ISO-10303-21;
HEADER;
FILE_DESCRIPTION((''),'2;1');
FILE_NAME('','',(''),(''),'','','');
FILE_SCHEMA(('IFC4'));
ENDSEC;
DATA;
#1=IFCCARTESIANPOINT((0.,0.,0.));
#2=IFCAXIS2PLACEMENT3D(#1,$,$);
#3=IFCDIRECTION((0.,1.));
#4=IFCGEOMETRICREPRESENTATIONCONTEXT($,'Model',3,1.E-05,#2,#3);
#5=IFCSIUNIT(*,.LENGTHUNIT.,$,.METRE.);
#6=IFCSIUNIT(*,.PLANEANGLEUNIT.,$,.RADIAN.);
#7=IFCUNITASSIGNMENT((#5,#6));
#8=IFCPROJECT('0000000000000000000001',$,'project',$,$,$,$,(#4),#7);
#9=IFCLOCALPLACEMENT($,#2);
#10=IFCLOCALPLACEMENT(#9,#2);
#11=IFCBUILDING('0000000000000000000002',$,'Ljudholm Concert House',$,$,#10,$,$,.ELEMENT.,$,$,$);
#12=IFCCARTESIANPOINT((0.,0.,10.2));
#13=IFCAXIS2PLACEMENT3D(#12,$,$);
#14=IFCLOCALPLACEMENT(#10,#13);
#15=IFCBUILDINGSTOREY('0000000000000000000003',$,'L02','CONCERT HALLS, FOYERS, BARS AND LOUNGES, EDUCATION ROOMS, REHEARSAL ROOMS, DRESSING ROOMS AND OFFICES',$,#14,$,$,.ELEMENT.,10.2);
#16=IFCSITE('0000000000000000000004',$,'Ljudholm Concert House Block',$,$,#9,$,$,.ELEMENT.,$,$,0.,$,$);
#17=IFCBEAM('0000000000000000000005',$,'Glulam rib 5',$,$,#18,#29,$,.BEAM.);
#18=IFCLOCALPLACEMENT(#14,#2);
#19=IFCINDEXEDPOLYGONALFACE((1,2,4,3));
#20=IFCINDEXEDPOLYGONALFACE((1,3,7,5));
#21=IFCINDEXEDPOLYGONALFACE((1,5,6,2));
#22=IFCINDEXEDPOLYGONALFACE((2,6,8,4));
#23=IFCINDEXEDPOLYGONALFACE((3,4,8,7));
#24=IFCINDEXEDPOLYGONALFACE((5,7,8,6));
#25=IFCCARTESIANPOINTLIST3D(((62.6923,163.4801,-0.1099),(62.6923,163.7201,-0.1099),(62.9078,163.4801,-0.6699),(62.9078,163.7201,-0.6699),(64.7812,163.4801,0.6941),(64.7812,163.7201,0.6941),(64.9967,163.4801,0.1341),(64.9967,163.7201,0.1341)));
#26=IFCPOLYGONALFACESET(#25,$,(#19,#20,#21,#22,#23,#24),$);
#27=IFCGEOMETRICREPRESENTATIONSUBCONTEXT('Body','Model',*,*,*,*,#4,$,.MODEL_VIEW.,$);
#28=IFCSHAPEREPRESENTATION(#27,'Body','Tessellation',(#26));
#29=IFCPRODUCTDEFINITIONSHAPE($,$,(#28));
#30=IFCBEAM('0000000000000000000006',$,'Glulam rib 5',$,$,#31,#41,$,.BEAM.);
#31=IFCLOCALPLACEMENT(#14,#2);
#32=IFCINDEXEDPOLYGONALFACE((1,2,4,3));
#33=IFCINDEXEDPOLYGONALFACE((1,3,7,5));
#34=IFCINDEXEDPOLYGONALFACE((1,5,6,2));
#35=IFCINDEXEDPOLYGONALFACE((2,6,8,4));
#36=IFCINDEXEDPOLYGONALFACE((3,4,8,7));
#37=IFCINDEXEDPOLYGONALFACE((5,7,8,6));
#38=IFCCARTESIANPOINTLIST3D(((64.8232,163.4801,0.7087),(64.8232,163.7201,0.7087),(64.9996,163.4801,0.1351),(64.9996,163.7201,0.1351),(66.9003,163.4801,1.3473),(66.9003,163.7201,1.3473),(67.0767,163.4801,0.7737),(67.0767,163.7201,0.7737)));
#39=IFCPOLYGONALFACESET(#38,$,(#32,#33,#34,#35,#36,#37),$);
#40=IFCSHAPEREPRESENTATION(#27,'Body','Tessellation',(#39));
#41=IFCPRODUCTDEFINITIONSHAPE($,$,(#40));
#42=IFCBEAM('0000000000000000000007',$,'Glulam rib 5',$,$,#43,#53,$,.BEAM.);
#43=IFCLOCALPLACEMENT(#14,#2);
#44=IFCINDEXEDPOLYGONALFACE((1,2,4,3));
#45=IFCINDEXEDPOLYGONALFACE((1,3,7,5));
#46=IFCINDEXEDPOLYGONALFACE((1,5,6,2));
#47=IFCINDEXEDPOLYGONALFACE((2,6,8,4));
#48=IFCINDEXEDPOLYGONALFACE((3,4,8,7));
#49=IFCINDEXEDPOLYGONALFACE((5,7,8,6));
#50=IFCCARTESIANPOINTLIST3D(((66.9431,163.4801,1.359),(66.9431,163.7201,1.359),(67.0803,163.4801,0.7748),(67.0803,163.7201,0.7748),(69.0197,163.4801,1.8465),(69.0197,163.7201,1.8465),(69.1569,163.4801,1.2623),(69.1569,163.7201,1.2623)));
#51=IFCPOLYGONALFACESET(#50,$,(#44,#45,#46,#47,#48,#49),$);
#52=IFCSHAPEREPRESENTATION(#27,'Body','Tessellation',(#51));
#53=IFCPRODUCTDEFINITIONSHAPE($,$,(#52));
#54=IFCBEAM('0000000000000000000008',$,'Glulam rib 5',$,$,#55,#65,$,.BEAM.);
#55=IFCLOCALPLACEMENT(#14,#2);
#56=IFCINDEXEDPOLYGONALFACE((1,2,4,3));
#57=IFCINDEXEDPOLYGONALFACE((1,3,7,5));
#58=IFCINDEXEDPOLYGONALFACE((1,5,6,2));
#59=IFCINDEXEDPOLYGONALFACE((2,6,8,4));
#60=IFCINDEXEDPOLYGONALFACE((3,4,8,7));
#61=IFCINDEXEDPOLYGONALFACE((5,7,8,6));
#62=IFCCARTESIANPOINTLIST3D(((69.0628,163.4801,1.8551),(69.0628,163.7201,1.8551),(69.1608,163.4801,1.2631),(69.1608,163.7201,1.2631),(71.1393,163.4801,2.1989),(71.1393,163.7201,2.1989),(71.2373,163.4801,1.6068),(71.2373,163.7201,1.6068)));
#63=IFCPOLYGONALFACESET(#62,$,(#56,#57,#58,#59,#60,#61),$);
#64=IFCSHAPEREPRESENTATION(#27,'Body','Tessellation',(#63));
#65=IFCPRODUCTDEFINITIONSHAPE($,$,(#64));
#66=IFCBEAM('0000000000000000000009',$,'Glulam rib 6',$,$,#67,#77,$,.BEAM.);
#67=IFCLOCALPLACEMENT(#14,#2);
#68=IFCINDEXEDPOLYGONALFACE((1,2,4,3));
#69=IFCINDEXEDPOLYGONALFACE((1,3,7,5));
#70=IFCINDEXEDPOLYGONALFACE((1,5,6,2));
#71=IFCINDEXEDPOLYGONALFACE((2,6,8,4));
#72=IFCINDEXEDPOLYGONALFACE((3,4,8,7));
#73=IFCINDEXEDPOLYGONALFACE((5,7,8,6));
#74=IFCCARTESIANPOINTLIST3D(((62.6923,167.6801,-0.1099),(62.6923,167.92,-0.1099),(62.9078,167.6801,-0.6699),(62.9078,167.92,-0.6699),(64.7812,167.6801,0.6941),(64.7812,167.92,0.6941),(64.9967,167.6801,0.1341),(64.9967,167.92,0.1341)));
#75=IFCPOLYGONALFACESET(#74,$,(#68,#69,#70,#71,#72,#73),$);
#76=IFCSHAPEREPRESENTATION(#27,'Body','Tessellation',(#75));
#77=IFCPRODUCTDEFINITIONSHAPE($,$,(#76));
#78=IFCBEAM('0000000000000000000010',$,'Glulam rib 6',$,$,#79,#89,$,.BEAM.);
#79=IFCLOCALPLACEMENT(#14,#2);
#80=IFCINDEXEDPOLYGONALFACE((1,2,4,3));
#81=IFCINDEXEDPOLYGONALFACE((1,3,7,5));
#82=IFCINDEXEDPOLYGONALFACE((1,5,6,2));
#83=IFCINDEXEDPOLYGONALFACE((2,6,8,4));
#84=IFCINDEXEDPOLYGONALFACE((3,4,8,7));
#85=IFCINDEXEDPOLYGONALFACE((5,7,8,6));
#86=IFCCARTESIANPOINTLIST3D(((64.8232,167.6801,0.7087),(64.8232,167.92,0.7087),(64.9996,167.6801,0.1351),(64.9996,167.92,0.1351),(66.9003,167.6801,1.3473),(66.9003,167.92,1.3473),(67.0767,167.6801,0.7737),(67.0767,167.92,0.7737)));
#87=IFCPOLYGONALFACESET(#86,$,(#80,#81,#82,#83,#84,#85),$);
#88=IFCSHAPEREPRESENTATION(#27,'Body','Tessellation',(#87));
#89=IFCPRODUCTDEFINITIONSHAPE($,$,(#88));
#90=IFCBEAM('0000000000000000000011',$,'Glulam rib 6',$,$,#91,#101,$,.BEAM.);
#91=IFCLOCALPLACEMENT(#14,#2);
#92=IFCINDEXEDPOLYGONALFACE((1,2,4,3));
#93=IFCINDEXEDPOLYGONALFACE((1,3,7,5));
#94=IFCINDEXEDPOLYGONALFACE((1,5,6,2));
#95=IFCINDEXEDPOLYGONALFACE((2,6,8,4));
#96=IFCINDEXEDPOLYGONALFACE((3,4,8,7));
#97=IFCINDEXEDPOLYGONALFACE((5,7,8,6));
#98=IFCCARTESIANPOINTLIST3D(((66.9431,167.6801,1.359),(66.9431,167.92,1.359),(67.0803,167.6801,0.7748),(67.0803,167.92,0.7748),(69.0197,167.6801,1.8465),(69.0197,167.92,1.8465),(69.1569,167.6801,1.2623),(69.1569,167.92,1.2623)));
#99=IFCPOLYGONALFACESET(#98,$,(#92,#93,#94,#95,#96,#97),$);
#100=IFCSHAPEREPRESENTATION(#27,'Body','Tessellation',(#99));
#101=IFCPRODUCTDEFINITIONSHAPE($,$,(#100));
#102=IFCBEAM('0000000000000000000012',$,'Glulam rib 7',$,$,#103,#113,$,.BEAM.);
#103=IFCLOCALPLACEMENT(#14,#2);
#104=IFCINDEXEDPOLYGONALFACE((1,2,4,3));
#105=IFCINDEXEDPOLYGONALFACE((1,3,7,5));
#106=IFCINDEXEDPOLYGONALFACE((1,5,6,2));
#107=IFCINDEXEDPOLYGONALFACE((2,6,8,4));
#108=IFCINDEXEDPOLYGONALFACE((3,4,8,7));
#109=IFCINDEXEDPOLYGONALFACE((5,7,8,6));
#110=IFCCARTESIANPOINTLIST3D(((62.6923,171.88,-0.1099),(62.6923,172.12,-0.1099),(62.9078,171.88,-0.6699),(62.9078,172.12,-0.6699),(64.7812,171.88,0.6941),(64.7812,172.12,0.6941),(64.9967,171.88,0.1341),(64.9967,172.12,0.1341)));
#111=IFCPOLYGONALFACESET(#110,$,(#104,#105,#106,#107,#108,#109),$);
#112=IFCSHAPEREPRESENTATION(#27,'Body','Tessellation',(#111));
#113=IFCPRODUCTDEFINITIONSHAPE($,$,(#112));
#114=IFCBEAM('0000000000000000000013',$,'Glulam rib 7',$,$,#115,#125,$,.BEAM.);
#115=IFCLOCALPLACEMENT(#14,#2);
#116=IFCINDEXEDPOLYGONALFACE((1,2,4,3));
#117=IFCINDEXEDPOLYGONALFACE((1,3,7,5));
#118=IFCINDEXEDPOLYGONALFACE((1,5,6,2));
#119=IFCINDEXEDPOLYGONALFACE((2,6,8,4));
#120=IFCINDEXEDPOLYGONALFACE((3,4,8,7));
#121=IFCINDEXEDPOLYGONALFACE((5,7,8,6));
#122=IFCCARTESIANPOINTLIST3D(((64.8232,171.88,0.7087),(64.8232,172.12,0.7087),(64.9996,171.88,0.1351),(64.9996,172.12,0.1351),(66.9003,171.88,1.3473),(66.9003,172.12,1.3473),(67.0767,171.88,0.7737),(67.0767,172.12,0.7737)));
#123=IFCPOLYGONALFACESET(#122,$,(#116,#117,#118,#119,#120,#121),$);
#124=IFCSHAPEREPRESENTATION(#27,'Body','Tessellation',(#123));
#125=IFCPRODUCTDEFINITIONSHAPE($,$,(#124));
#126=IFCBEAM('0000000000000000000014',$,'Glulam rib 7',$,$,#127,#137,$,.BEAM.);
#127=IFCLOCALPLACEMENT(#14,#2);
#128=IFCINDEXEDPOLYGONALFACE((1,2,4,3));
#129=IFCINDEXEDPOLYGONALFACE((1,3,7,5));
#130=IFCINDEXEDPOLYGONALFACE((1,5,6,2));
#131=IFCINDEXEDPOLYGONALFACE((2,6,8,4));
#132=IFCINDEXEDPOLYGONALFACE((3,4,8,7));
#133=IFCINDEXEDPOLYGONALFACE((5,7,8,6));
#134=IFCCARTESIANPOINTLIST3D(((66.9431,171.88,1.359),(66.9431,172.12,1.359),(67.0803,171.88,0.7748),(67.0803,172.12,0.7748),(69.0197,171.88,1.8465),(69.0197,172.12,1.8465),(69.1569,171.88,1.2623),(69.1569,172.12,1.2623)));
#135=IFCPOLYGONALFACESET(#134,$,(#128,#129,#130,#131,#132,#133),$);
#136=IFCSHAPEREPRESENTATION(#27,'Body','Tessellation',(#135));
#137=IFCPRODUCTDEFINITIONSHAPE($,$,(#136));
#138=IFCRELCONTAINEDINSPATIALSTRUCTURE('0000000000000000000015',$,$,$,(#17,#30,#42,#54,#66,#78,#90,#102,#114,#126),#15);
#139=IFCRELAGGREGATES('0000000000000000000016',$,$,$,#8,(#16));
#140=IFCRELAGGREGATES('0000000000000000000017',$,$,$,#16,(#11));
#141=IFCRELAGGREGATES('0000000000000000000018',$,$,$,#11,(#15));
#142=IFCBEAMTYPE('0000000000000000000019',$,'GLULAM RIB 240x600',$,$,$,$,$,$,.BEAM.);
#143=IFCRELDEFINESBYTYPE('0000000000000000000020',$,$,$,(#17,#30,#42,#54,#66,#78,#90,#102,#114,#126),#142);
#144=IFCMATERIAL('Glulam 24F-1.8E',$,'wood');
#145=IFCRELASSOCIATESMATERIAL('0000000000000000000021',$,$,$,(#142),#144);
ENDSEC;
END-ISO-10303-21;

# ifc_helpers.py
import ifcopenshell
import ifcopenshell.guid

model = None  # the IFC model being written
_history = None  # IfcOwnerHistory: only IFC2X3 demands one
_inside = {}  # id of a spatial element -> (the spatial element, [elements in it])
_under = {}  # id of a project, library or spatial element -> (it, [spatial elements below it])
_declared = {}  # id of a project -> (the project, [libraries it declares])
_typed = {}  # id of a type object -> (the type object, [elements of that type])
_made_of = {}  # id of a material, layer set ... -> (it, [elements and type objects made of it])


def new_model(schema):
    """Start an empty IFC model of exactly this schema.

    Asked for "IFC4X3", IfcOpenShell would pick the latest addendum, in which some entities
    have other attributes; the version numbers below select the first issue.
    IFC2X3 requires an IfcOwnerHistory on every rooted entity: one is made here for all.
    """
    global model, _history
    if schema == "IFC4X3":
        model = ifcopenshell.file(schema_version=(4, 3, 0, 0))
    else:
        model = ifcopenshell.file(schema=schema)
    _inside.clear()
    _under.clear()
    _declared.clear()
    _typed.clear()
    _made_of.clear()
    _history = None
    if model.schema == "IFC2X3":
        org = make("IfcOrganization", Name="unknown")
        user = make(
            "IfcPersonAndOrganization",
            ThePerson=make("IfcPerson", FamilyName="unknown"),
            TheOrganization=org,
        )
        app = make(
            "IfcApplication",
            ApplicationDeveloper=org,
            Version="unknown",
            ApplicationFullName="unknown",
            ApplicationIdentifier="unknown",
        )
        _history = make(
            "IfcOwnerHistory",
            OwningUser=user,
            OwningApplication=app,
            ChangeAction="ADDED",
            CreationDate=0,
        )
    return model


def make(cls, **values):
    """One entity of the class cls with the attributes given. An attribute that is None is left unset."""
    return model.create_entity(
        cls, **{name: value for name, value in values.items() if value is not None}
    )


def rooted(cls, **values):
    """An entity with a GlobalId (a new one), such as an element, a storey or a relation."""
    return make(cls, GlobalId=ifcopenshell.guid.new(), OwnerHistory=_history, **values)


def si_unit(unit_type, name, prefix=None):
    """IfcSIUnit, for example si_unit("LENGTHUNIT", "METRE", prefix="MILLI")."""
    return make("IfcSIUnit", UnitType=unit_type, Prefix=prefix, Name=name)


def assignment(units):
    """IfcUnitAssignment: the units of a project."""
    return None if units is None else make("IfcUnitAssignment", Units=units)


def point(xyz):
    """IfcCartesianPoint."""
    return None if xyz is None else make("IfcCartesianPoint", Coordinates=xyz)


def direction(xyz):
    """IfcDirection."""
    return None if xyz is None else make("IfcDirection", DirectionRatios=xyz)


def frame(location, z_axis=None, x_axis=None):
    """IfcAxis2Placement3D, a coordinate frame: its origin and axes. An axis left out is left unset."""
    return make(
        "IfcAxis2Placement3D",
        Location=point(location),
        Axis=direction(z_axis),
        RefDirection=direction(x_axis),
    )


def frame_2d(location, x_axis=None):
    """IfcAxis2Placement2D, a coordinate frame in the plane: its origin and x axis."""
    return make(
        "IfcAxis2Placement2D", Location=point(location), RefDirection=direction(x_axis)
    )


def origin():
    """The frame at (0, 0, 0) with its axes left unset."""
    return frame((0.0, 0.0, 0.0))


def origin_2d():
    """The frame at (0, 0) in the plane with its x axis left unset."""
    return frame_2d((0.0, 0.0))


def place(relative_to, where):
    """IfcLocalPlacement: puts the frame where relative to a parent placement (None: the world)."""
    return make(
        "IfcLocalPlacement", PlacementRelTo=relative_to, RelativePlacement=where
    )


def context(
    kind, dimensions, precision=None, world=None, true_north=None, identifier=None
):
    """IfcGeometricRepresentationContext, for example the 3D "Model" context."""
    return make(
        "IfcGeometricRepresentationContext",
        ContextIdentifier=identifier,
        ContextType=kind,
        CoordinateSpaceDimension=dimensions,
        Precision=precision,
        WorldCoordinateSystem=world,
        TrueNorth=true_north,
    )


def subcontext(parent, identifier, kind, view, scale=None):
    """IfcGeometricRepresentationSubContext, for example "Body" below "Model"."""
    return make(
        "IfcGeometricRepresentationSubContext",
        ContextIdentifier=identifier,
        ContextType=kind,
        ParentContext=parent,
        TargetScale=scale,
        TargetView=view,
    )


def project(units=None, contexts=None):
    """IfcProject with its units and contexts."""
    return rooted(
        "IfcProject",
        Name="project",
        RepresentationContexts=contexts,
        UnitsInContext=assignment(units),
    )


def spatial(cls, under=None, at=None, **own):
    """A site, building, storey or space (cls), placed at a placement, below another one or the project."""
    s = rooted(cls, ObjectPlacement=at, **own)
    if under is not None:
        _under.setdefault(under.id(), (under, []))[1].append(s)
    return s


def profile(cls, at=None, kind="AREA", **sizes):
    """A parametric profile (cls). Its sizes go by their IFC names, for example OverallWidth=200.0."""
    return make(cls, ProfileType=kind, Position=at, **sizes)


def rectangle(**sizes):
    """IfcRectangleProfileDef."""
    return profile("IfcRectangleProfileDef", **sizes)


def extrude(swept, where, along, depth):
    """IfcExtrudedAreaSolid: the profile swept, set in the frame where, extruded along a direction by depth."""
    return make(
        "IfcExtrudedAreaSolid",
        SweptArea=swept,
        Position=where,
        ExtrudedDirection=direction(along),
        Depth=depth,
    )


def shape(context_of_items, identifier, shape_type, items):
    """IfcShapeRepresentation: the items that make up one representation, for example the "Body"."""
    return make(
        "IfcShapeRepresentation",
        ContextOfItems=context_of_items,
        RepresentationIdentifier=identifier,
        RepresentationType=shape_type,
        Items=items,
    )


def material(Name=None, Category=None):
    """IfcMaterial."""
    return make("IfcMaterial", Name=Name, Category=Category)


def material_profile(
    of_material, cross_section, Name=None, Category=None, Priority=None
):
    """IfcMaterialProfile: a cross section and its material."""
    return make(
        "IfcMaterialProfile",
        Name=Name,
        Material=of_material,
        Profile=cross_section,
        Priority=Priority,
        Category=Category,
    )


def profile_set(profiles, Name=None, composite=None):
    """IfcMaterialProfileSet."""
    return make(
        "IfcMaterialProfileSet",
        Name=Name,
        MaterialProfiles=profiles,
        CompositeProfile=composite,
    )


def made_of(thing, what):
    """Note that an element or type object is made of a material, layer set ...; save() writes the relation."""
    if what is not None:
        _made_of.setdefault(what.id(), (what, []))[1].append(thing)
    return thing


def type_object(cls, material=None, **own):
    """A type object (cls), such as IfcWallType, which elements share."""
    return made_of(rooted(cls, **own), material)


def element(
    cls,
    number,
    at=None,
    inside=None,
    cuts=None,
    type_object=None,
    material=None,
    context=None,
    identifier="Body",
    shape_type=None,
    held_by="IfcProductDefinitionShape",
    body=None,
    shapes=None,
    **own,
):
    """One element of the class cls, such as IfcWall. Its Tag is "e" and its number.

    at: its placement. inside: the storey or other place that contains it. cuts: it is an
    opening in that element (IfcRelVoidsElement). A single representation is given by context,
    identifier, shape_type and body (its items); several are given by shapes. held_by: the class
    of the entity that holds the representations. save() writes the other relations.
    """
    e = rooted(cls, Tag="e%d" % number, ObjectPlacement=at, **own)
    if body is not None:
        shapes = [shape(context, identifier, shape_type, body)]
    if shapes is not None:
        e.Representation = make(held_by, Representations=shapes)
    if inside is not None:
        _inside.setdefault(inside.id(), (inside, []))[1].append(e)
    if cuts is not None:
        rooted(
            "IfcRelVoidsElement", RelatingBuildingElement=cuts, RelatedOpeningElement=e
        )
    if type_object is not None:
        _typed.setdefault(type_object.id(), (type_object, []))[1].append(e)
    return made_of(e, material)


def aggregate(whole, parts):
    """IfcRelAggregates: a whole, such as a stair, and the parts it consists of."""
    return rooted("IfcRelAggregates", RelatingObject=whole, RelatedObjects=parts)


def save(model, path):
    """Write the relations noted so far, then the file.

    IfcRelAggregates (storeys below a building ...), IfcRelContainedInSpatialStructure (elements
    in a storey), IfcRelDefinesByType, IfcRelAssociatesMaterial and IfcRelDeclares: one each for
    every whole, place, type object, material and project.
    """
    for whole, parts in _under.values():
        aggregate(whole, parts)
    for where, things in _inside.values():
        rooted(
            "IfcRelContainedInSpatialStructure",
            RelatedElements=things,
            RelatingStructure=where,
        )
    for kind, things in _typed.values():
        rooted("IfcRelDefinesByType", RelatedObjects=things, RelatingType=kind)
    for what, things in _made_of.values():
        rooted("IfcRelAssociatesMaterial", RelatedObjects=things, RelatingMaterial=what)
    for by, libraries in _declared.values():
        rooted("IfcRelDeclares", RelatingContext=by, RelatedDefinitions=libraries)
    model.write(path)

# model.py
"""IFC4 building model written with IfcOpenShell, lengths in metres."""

from ifc_helpers import new_model, si_unit, direction, frame, origin, origin_2d, place, context, subcontext, project, spatial, rectangle, extrude, material, material_profile, profile_set, type_object, element, save


model = new_model("IFC4")

# Units and contexts
model_context = context("Model", 3, precision=1e-05, world=origin(), true_north=direction((0.0, 1.0)))
body_context = subcontext(model_context, "Body", "Model", "MODEL_VIEW")
ifc_project = project(units=[si_unit("LENGTHUNIT", "METRE"), si_unit("PLANEANGLEUNIT", "RADIAN")], contexts=[model_context])

# Site, building, storey
site_placement = place(None, origin())
site = spatial("IfcSite", under=ifc_project, at=site_placement, Name="Ljudholm Concert House Block", CompositionType="ELEMENT", RefElevation=0.0)
building_placement = place(site_placement, origin())
building = spatial("IfcBuilding", under=site, at=building_placement, Name="Ljudholm Concert House", CompositionType="ELEMENT")
storey_placement = place(building_placement, frame((0.0, 0.0, 10.2)))
storey = spatial("IfcBuildingStorey", under=building, at=storey_placement, Name="L02", Description="CONCERT HALLS, FOYERS, BARS AND LOUNGES, EDUCATION ROOMS, REHEARSAL ROOMS, DRESSING ROOMS AND OFFICES", CompositionType="ELEMENT", Elevation=10.2)

# Beams
ifc_material_1 = material(Name="Glulam 24F-1.8E", Category="wood")
ifc_material_profile_1 = material_profile(ifc_material_1, rectangle(XDim=0.24, YDim=0.6001, at=origin_2d()), Name="GLULAM RIB 240x600")
ifc_profile_set_1 = profile_set([ifc_material_profile_1], Name="Glulam 24F-1.8E")
beam_type = type_object("IfcBeamType", Name="GLULAM RIB 240x600", PredefinedType="BEAM", material=ifc_profile_set_1)
beam_1_placement = place(storey_placement, frame((62.8, 163.6001, -0.3899), z_axis=(0.933264, 0.0, 0.359191), x_axis=(0.0, 1.0, 0.0)))
element("IfcBeam", 1, at=beam_1_placement, inside=storey, type_object=beam_type, Name="Glulam rib 5", PredefinedType="BEAM", context=body_context, shape_type="SweptSolid", body=[
    extrude(rectangle(XDim=0.24, YDim=0.6001, at=origin_2d()), origin(), (0.0, 0.0, 1.0), 2.2383),
])
beam_2_placement = place(storey_placement, frame((64.9114, 163.6001, 0.4219), z_axis=(0.955837, 0.0, 0.293896), x_axis=(0.0, 1.0, 0.0)))
element("IfcBeam", 2, at=beam_2_placement, inside=storey, type_object=beam_type, Name="Glulam rib 5", PredefinedType="BEAM", context=body_context, shape_type="SweptSolid", body=[
    extrude(rectangle(XDim=0.24, YDim=0.6001, at=origin_2d()), origin(), (0.0, 0.0, 1.0), 2.1731),
])
beam_3_placement = place(storey_placement, frame((67.0117, 163.6001, 1.0669), z_axis=(0.97353, 0.0, 0.228561), x_axis=(0.0, 1.0, 0.0)))
element("IfcBeam", 3, at=beam_3_placement, inside=storey, type_object=beam_type, Name="Glulam rib 5", PredefinedType="BEAM", context=body_context, shape_type="SweptSolid", body=[
    extrude(rectangle(XDim=0.24, YDim=0.6001, at=origin_2d()), origin(), (0.0, 0.0, 1.0), 2.1331),
])
beam_4_placement = place(storey_placement, frame((69.1118, 163.6001, 1.5591), z_axis=(0.986572, 0.0, 0.163327), x_axis=(0.0, 1.0, 0.0)))
element("IfcBeam", 4, at=beam_4_placement, inside=storey, type_object=beam_type, Name="Glulam rib 5", PredefinedType="BEAM", context=body_context, shape_type="SweptSolid", body=[
    extrude(rectangle(XDim=0.24, YDim=0.6001, at=origin_2d()), origin(), (0.0, 0.0, 1.0), 2.1047),
])
beam_5_placement = place(storey_placement, frame((62.8, 167.8, -0.3899), z_axis=(0.933264, 0.0, 0.359191), x_axis=(0.0, 1.0, 0.0)))
element("IfcBeam", 5, at=beam_5_placement, inside=storey, type_object=beam_type, Name="Glulam rib 6", PredefinedType="BEAM", context=body_context, shape_type="SweptSolid", body=[
    extrude(rectangle(XDim=0.24, YDim=0.6001, at=origin_2d()), origin(), (0.0, 0.0, 1.0), 2.2383),
])
beam_6_placement = place(storey_placement, frame((64.9114, 167.8, 0.4219), z_axis=(0.955837, 0.0, 0.293896), x_axis=(0.0, 1.0, 0.0)))
element("IfcBeam", 6, at=beam_6_placement, inside=storey, type_object=beam_type, Name="Glulam rib 6", PredefinedType="BEAM", context=body_context, shape_type="SweptSolid", body=[
    extrude(rectangle(XDim=0.24, YDim=0.6001, at=origin_2d()), origin(), (0.0, 0.0, 1.0), 2.1731),
])
beam_7_placement = place(storey_placement, frame((67.0117, 167.8, 1.0669), z_axis=(0.97353, 0.0, 0.228561), x_axis=(0.0, 1.0, 0.0)))
element("IfcBeam", 7, at=beam_7_placement, inside=storey, type_object=beam_type, Name="Glulam rib 6", PredefinedType="BEAM", context=body_context, shape_type="SweptSolid", body=[
    extrude(rectangle(XDim=0.24, YDim=0.6001, at=origin_2d()), origin(), (0.0, 0.0, 1.0), 2.1331),
])
beam_8_placement = place(storey_placement, frame((62.8, 172.0, -0.3899), z_axis=(0.933264, 0.0, 0.359191), x_axis=(0.0, 1.0, 0.0)))
element("IfcBeam", 8, at=beam_8_placement, inside=storey, type_object=beam_type, Name="Glulam rib 7", PredefinedType="BEAM", context=body_context, shape_type="SweptSolid", body=[
    extrude(rectangle(XDim=0.24, YDim=0.6001, at=origin_2d()), origin(), (0.0, 0.0, 1.0), 2.2383),
])
beam_9_placement = place(storey_placement, frame((64.9114, 172.0, 0.4219), z_axis=(0.955837, 0.0, 0.293896), x_axis=(0.0, 1.0, 0.0)))
element("IfcBeam", 9, at=beam_9_placement, inside=storey, type_object=beam_type, Name="Glulam rib 7", PredefinedType="BEAM", context=body_context, shape_type="SweptSolid", body=[
    extrude(rectangle(XDim=0.24, YDim=0.6001, at=origin_2d()), origin(), (0.0, 0.0, 1.0), 2.1731),
])
beam_10_placement = place(storey_placement, frame((67.0117, 172.0, 1.0669), z_axis=(0.97353, 0.0, 0.228561), x_axis=(0.0, 1.0, 0.0)))
element("IfcBeam", 10, at=beam_10_placement, inside=storey, type_object=beam_type, Name="Glulam rib 7", PredefinedType="BEAM", context=body_context, shape_type="SweptSolid", body=[
    extrude(rectangle(XDim=0.24, YDim=0.6001, at=origin_2d()), origin(), (0.0, 0.0, 1.0), 2.1331),
])

save(model, "model.ifc")
